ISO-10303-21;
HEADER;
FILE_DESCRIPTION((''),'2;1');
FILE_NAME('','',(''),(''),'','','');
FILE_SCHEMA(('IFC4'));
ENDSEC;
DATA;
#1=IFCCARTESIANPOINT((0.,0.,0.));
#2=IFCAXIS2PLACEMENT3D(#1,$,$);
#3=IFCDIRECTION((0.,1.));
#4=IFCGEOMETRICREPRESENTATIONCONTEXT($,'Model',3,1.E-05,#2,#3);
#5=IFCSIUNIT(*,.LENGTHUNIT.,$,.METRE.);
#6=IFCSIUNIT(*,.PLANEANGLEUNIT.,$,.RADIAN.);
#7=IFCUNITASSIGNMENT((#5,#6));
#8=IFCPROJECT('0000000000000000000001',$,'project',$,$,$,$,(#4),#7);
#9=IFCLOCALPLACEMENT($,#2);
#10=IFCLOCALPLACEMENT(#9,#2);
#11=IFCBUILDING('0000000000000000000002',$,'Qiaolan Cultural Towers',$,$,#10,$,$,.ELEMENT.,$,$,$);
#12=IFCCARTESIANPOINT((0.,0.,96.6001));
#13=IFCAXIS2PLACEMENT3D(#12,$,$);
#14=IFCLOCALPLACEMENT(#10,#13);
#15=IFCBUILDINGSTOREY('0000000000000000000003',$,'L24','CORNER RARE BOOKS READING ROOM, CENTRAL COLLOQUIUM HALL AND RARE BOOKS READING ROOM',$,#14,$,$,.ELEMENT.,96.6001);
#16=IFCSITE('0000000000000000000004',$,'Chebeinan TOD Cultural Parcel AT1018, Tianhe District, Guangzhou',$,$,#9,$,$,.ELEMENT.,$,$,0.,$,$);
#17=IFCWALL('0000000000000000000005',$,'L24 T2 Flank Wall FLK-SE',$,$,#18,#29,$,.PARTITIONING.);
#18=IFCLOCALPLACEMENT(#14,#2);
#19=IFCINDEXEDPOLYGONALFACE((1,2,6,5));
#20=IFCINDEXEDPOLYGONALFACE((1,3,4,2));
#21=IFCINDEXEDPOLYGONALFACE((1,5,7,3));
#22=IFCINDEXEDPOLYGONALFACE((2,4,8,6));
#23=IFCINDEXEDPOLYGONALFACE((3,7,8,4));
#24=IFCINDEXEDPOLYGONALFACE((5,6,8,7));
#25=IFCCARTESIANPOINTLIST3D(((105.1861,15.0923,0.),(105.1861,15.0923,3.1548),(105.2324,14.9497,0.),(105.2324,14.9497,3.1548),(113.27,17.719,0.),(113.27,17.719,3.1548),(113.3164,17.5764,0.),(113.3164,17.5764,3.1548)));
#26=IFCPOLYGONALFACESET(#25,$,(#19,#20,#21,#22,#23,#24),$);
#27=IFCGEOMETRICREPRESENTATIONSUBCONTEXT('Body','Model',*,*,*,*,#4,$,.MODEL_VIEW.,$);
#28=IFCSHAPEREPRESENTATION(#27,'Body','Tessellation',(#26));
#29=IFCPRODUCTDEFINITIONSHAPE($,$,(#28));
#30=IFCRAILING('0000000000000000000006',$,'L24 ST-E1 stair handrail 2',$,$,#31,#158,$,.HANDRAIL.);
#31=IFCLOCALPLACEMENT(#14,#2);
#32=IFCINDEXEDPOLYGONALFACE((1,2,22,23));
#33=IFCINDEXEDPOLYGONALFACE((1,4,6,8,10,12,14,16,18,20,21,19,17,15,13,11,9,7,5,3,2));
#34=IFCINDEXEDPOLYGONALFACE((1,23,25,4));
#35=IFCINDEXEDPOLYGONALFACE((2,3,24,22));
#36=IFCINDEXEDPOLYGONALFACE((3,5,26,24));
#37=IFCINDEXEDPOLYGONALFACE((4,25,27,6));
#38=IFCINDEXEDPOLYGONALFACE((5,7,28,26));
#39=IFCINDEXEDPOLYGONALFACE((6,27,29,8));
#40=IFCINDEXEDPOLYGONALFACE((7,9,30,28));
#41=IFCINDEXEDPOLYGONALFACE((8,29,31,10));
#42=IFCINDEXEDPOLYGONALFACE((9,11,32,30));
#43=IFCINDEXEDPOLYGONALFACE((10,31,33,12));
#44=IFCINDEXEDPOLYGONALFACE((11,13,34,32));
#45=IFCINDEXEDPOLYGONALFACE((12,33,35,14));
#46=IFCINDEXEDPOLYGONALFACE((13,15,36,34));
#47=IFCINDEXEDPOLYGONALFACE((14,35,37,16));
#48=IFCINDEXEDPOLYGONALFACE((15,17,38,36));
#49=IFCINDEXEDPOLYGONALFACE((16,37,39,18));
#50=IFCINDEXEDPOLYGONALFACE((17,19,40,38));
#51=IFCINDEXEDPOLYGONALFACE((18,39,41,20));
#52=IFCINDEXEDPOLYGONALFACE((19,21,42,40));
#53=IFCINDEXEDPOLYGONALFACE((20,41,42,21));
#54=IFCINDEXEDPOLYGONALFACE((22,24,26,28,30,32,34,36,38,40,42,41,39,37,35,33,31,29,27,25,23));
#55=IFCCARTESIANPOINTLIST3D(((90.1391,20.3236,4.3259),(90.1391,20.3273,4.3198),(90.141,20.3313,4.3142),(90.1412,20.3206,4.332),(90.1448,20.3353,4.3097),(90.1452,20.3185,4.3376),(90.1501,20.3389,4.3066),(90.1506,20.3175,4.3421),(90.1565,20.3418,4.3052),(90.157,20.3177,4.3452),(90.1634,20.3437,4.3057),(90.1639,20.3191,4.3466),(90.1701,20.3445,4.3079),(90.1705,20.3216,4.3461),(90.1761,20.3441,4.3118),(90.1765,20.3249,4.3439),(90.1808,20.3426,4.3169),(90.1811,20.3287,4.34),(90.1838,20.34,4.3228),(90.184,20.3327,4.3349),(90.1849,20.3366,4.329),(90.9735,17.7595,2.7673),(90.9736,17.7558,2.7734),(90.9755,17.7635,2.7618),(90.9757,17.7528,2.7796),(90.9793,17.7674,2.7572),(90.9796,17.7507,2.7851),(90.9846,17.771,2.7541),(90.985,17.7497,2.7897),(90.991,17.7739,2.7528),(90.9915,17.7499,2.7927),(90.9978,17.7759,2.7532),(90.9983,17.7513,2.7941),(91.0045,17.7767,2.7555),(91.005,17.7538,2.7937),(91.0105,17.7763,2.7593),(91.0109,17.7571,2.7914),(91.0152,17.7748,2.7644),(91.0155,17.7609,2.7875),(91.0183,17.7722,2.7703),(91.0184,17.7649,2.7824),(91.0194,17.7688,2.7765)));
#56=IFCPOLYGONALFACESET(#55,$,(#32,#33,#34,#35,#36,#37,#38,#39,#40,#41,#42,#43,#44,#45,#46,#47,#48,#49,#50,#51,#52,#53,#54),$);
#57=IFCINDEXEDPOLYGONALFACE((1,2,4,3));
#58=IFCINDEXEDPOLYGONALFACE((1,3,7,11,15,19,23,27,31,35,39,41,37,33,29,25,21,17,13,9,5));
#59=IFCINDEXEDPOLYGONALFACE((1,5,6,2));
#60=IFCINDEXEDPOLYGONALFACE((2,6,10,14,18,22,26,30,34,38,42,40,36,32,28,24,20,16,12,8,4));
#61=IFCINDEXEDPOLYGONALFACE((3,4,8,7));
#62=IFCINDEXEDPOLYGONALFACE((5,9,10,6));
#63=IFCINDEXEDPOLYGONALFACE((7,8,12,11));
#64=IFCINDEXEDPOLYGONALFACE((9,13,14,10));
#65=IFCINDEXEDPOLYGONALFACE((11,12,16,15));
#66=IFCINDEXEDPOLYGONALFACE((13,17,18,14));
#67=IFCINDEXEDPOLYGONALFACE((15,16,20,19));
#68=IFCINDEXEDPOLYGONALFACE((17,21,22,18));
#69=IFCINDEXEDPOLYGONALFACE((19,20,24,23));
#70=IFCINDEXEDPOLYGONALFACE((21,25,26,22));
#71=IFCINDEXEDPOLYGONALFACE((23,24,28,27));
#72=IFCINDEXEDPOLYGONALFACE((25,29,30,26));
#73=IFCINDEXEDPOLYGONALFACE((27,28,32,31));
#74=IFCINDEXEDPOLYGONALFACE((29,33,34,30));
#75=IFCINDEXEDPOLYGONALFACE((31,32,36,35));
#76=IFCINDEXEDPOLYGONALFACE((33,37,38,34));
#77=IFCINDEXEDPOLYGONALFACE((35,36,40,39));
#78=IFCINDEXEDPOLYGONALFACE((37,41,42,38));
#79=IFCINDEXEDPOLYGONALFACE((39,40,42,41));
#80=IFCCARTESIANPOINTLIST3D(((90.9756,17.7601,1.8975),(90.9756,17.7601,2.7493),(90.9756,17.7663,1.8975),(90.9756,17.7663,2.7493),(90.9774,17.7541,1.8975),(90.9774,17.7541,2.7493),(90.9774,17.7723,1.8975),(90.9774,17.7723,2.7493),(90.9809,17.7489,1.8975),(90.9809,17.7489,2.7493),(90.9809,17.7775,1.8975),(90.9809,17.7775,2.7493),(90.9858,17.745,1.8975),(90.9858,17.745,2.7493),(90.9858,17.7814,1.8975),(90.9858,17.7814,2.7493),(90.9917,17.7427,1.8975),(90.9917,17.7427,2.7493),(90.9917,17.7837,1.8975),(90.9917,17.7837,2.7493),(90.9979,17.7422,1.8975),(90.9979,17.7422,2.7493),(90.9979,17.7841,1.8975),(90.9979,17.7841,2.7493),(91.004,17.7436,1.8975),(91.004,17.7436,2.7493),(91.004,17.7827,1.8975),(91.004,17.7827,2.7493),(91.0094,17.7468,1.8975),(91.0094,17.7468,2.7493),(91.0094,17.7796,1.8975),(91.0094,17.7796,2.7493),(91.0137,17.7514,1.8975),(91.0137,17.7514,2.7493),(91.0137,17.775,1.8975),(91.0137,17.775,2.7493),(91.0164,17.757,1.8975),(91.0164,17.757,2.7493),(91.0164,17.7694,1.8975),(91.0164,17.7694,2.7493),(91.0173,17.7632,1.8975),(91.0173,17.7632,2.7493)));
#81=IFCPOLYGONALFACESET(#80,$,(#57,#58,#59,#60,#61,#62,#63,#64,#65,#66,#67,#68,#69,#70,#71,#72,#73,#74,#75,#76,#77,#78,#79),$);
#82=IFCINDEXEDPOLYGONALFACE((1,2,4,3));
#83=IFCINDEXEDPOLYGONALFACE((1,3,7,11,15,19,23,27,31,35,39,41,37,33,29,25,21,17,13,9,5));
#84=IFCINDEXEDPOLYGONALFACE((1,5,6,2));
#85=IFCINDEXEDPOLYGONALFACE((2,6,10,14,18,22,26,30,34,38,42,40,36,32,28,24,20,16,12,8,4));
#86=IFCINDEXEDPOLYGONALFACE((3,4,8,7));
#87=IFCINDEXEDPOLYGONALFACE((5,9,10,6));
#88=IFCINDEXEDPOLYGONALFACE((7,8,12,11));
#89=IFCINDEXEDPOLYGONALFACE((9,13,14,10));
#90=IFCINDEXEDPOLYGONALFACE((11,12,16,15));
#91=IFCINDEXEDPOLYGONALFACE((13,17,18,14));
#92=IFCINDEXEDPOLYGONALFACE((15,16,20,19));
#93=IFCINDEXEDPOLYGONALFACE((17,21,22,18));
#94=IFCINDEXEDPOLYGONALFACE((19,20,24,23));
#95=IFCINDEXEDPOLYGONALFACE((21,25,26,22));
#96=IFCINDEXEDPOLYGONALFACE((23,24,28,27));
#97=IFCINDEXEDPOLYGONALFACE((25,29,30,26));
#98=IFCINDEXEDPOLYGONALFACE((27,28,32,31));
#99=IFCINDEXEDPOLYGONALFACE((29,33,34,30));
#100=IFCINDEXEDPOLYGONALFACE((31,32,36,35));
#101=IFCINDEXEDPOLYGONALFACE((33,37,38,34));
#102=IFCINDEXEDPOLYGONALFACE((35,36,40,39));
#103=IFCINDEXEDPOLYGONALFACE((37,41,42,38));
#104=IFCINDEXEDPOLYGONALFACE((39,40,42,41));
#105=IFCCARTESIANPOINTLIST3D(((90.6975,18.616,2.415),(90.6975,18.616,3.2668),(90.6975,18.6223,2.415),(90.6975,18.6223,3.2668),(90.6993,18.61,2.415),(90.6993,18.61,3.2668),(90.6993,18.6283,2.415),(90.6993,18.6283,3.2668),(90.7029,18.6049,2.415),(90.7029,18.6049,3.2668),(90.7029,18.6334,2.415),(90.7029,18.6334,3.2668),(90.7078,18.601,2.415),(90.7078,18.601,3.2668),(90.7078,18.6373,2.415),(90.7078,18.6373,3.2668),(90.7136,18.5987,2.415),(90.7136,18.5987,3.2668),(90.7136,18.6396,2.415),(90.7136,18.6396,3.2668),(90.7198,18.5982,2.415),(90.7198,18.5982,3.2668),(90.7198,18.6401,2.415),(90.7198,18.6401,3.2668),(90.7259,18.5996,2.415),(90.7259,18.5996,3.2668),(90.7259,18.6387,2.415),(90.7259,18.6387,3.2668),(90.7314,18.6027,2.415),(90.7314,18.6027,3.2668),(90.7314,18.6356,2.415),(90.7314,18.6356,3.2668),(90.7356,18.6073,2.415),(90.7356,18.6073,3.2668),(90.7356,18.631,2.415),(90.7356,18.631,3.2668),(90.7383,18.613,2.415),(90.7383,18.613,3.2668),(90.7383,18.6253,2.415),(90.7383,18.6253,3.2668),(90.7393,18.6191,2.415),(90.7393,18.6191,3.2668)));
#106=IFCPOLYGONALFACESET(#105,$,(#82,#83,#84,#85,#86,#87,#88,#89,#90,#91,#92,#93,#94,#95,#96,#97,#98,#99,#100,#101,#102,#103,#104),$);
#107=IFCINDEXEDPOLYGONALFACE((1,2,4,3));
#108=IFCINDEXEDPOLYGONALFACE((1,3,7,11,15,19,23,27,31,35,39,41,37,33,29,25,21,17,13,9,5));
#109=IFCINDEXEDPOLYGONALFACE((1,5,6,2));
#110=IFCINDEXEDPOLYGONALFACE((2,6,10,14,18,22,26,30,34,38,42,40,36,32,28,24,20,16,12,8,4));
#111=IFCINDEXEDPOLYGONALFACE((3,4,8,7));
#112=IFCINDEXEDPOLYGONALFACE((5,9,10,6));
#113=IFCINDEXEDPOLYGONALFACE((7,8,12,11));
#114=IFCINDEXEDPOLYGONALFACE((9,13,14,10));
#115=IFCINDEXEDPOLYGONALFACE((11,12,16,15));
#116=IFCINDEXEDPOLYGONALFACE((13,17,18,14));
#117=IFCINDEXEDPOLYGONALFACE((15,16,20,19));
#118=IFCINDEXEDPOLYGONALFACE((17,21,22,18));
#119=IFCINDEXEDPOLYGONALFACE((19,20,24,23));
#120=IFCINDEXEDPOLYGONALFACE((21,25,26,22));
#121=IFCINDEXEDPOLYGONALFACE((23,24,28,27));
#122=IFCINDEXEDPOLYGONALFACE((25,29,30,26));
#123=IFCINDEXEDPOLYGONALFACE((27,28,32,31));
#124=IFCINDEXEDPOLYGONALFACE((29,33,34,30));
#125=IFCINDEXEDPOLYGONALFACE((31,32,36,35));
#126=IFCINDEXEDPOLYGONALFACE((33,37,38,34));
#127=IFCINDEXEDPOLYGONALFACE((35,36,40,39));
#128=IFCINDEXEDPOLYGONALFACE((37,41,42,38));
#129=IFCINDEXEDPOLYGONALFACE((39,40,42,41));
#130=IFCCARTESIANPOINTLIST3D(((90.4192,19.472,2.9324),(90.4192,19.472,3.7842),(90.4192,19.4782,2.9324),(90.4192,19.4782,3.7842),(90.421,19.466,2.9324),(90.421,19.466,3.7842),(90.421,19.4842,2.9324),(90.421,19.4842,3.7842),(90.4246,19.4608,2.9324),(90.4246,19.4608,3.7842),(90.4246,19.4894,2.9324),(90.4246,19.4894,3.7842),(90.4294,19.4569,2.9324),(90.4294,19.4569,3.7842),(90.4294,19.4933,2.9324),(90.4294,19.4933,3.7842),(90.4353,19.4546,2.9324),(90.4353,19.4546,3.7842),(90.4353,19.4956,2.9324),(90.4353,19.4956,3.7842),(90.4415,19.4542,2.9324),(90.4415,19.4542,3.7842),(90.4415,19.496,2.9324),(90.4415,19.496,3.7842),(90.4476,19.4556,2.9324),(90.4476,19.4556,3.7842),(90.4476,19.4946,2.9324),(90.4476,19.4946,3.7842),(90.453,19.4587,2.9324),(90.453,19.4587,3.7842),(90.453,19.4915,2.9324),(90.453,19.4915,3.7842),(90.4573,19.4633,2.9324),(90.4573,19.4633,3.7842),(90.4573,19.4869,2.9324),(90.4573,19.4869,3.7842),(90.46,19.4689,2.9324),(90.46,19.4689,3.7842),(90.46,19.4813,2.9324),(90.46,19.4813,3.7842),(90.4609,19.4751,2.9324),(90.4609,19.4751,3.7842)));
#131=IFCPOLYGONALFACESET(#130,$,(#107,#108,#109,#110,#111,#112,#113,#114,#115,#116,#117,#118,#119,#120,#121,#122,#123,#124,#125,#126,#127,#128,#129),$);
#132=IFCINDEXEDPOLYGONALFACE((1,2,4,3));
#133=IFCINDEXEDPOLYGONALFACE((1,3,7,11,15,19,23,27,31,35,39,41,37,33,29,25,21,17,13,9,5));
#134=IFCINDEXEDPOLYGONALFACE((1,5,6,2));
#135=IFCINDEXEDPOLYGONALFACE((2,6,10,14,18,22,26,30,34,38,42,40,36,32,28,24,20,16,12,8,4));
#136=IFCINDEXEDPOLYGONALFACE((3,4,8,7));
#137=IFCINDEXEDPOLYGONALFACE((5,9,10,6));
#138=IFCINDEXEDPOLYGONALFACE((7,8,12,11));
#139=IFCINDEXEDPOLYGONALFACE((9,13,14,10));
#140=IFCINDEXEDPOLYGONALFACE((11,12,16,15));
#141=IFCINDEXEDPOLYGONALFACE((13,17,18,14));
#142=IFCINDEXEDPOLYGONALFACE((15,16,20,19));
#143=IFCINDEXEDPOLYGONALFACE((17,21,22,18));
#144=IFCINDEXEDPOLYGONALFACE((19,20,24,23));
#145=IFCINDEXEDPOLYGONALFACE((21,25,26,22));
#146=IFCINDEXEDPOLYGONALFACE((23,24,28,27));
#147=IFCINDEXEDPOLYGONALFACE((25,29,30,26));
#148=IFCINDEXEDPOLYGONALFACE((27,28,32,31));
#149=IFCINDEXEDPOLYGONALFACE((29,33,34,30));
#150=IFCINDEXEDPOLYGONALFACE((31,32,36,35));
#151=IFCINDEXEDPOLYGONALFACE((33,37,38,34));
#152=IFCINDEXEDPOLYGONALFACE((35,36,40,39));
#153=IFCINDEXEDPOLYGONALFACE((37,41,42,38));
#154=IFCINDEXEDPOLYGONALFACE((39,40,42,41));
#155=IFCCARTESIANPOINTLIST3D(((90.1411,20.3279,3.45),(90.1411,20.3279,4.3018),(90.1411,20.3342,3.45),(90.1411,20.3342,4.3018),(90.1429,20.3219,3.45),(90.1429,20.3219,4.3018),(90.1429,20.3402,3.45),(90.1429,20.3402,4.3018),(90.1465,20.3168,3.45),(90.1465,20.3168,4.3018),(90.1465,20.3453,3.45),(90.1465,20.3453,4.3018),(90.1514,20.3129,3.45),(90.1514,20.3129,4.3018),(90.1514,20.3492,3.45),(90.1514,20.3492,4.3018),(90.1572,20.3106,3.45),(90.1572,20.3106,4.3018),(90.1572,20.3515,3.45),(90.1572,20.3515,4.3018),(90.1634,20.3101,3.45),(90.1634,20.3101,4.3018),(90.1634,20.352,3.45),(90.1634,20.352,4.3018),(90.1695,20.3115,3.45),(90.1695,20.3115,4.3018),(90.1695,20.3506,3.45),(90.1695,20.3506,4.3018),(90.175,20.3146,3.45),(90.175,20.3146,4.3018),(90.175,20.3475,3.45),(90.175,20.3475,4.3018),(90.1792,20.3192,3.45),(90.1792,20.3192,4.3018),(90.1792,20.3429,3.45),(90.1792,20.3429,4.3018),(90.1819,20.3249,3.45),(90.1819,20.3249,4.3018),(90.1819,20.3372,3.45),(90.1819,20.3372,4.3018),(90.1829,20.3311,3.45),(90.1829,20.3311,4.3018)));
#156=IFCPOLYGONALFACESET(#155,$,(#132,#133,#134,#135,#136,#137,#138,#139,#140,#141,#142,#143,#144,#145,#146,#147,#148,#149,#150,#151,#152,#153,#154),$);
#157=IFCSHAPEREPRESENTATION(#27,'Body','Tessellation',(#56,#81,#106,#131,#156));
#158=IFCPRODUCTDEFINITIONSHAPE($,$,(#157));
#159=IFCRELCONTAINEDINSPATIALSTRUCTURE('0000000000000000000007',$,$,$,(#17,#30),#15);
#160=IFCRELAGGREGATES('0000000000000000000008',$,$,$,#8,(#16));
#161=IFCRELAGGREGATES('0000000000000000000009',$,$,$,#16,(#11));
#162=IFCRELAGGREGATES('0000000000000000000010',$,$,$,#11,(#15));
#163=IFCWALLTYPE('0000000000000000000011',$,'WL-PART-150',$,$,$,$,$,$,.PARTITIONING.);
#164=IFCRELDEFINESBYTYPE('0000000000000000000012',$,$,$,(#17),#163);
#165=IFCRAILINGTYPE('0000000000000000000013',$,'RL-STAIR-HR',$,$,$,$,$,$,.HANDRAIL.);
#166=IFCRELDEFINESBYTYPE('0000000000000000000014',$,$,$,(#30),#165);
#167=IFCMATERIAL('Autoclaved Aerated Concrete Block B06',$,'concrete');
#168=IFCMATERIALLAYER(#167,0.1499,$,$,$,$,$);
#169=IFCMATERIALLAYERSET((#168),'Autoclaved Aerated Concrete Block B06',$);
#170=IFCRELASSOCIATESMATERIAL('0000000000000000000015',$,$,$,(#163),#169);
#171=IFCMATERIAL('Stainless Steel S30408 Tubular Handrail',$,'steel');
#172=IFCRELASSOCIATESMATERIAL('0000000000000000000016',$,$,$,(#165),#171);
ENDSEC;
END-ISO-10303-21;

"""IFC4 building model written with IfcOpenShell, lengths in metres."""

from ifc_helpers import new_model, si_unit, direction, frame, frame_2d, origin, origin_2d, place, context, subcontext, project, spatial, rectangle, circle, extrude, material, layer, layer_set, type_object, element, save


model = new_model("IFC4")

# Units and contexts
model_context = context("Model", 3, precision=1e-05, world=origin(), true_north=direction((0.0, 1.0)))
body_context = subcontext(model_context, "Body", "Model", "MODEL_VIEW")
ifc_project = project(units=[si_unit("LENGTHUNIT", "METRE"), si_unit("PLANEANGLEUNIT", "RADIAN")], contexts=[model_context])

# Site, building, storey
site_placement = place(None, origin())
site = spatial("IfcSite", under=ifc_project, at=site_placement, Name="Chebeinan TOD Cultural Parcel AT1018, Tianhe District, Guangzhou", CompositionType="ELEMENT", RefElevation=0.0)
building_placement = place(site_placement, origin())
building = spatial("IfcBuilding", under=site, at=building_placement, Name="Qiaolan Cultural Towers", CompositionType="ELEMENT")
storey_placement = place(building_placement, frame((0.0, 0.0, 96.6001)))
storey = spatial("IfcBuildingStorey", under=building, at=storey_placement, Name="L24", Description="CORNER RARE BOOKS READING ROOM, CENTRAL COLLOQUIUM HALL AND RARE BOOKS READING ROOM", CompositionType="ELEMENT", Elevation=96.6001)

# Shared definitions
ifc_material_1 = material(Name="Autoclaved Aerated Concrete Block B06", Category="concrete")
ifc_layer_1 = layer(ifc_material_1, 0.1499)
ifc_layer_set_1 = layer_set([ifc_layer_1], Name="Autoclaved Aerated Concrete Block B06")
wall_type_1 = type_object("IfcWallType", Name="WL-PART-150", PredefinedType="PARTITIONING", material=ifc_layer_set_1)

# Wall
wall_1_placement = place(storey_placement, frame((105.2092, 15.021, 0.0), z_axis=(0.0, 0.0, 1.0), x_axis=(0.951054, 0.309024, 0.0)))
element("IfcWall", 1, at=wall_1_placement, inside=storey, type_object=wall_type_1, Name="L24 T2 Flank Wall FLK-SE", PredefinedType="PARTITIONING", context=body_context, shape_type="SweptSolid", body=[
    extrude(rectangle(XDim=8.5, YDim=0.1499, at=frame_2d((4.25, 0.0))), origin(), (0.0, 0.0, 1.0), 3.1548),
])

# Railing
ifc_material_2 = material(Name="Stainless Steel S30408 Tubular Handrail", Category="steel")
railing_type = type_object("IfcRailingType", Name="RL-STAIR-HR", PredefinedType="HANDRAIL", material=ifc_material_2)
railing_placement = place(storey_placement, frame((90.9963, 17.7632, 1.8975)))
element("IfcRailing", 2, at=railing_placement, inside=storey, type_object=railing_type, Name="L24 ST-E1 stair handrail 2", PredefinedType="HANDRAIL", context=body_context, shape_type="SweptSolid", body=[
    extrude(circle(Radius=0.0239, at=origin_2d()), frame((0.0, 0.0, 0.876), z_axis=(-0.267926, 0.824471, 0.498461), x_axis=(-0.951043, -0.309057, 0.0)), (0.0, 0.0, 1.0), 3.1145),
    extrude(circle(Radius=0.021, at=origin_2d()), origin(), (0.0, 0.0, 1.0), 0.8518),
    extrude(circle(Radius=0.021, at=origin_2d()), frame((-0.2781, 0.856, 0.5176)), (0.0, 0.0, 1.0), 0.8518),
    extrude(circle(Radius=0.021, at=origin_2d()), frame((-0.5564, 1.7119, 1.0349)), (0.0, 0.0, 1.0), 0.8518),
    extrude(circle(Radius=0.021, at=origin_2d()), frame((-0.8345, 2.5679, 1.5525)), (0.0, 0.0, 1.0), 0.8518),
])

save(model, "model.ifc")
